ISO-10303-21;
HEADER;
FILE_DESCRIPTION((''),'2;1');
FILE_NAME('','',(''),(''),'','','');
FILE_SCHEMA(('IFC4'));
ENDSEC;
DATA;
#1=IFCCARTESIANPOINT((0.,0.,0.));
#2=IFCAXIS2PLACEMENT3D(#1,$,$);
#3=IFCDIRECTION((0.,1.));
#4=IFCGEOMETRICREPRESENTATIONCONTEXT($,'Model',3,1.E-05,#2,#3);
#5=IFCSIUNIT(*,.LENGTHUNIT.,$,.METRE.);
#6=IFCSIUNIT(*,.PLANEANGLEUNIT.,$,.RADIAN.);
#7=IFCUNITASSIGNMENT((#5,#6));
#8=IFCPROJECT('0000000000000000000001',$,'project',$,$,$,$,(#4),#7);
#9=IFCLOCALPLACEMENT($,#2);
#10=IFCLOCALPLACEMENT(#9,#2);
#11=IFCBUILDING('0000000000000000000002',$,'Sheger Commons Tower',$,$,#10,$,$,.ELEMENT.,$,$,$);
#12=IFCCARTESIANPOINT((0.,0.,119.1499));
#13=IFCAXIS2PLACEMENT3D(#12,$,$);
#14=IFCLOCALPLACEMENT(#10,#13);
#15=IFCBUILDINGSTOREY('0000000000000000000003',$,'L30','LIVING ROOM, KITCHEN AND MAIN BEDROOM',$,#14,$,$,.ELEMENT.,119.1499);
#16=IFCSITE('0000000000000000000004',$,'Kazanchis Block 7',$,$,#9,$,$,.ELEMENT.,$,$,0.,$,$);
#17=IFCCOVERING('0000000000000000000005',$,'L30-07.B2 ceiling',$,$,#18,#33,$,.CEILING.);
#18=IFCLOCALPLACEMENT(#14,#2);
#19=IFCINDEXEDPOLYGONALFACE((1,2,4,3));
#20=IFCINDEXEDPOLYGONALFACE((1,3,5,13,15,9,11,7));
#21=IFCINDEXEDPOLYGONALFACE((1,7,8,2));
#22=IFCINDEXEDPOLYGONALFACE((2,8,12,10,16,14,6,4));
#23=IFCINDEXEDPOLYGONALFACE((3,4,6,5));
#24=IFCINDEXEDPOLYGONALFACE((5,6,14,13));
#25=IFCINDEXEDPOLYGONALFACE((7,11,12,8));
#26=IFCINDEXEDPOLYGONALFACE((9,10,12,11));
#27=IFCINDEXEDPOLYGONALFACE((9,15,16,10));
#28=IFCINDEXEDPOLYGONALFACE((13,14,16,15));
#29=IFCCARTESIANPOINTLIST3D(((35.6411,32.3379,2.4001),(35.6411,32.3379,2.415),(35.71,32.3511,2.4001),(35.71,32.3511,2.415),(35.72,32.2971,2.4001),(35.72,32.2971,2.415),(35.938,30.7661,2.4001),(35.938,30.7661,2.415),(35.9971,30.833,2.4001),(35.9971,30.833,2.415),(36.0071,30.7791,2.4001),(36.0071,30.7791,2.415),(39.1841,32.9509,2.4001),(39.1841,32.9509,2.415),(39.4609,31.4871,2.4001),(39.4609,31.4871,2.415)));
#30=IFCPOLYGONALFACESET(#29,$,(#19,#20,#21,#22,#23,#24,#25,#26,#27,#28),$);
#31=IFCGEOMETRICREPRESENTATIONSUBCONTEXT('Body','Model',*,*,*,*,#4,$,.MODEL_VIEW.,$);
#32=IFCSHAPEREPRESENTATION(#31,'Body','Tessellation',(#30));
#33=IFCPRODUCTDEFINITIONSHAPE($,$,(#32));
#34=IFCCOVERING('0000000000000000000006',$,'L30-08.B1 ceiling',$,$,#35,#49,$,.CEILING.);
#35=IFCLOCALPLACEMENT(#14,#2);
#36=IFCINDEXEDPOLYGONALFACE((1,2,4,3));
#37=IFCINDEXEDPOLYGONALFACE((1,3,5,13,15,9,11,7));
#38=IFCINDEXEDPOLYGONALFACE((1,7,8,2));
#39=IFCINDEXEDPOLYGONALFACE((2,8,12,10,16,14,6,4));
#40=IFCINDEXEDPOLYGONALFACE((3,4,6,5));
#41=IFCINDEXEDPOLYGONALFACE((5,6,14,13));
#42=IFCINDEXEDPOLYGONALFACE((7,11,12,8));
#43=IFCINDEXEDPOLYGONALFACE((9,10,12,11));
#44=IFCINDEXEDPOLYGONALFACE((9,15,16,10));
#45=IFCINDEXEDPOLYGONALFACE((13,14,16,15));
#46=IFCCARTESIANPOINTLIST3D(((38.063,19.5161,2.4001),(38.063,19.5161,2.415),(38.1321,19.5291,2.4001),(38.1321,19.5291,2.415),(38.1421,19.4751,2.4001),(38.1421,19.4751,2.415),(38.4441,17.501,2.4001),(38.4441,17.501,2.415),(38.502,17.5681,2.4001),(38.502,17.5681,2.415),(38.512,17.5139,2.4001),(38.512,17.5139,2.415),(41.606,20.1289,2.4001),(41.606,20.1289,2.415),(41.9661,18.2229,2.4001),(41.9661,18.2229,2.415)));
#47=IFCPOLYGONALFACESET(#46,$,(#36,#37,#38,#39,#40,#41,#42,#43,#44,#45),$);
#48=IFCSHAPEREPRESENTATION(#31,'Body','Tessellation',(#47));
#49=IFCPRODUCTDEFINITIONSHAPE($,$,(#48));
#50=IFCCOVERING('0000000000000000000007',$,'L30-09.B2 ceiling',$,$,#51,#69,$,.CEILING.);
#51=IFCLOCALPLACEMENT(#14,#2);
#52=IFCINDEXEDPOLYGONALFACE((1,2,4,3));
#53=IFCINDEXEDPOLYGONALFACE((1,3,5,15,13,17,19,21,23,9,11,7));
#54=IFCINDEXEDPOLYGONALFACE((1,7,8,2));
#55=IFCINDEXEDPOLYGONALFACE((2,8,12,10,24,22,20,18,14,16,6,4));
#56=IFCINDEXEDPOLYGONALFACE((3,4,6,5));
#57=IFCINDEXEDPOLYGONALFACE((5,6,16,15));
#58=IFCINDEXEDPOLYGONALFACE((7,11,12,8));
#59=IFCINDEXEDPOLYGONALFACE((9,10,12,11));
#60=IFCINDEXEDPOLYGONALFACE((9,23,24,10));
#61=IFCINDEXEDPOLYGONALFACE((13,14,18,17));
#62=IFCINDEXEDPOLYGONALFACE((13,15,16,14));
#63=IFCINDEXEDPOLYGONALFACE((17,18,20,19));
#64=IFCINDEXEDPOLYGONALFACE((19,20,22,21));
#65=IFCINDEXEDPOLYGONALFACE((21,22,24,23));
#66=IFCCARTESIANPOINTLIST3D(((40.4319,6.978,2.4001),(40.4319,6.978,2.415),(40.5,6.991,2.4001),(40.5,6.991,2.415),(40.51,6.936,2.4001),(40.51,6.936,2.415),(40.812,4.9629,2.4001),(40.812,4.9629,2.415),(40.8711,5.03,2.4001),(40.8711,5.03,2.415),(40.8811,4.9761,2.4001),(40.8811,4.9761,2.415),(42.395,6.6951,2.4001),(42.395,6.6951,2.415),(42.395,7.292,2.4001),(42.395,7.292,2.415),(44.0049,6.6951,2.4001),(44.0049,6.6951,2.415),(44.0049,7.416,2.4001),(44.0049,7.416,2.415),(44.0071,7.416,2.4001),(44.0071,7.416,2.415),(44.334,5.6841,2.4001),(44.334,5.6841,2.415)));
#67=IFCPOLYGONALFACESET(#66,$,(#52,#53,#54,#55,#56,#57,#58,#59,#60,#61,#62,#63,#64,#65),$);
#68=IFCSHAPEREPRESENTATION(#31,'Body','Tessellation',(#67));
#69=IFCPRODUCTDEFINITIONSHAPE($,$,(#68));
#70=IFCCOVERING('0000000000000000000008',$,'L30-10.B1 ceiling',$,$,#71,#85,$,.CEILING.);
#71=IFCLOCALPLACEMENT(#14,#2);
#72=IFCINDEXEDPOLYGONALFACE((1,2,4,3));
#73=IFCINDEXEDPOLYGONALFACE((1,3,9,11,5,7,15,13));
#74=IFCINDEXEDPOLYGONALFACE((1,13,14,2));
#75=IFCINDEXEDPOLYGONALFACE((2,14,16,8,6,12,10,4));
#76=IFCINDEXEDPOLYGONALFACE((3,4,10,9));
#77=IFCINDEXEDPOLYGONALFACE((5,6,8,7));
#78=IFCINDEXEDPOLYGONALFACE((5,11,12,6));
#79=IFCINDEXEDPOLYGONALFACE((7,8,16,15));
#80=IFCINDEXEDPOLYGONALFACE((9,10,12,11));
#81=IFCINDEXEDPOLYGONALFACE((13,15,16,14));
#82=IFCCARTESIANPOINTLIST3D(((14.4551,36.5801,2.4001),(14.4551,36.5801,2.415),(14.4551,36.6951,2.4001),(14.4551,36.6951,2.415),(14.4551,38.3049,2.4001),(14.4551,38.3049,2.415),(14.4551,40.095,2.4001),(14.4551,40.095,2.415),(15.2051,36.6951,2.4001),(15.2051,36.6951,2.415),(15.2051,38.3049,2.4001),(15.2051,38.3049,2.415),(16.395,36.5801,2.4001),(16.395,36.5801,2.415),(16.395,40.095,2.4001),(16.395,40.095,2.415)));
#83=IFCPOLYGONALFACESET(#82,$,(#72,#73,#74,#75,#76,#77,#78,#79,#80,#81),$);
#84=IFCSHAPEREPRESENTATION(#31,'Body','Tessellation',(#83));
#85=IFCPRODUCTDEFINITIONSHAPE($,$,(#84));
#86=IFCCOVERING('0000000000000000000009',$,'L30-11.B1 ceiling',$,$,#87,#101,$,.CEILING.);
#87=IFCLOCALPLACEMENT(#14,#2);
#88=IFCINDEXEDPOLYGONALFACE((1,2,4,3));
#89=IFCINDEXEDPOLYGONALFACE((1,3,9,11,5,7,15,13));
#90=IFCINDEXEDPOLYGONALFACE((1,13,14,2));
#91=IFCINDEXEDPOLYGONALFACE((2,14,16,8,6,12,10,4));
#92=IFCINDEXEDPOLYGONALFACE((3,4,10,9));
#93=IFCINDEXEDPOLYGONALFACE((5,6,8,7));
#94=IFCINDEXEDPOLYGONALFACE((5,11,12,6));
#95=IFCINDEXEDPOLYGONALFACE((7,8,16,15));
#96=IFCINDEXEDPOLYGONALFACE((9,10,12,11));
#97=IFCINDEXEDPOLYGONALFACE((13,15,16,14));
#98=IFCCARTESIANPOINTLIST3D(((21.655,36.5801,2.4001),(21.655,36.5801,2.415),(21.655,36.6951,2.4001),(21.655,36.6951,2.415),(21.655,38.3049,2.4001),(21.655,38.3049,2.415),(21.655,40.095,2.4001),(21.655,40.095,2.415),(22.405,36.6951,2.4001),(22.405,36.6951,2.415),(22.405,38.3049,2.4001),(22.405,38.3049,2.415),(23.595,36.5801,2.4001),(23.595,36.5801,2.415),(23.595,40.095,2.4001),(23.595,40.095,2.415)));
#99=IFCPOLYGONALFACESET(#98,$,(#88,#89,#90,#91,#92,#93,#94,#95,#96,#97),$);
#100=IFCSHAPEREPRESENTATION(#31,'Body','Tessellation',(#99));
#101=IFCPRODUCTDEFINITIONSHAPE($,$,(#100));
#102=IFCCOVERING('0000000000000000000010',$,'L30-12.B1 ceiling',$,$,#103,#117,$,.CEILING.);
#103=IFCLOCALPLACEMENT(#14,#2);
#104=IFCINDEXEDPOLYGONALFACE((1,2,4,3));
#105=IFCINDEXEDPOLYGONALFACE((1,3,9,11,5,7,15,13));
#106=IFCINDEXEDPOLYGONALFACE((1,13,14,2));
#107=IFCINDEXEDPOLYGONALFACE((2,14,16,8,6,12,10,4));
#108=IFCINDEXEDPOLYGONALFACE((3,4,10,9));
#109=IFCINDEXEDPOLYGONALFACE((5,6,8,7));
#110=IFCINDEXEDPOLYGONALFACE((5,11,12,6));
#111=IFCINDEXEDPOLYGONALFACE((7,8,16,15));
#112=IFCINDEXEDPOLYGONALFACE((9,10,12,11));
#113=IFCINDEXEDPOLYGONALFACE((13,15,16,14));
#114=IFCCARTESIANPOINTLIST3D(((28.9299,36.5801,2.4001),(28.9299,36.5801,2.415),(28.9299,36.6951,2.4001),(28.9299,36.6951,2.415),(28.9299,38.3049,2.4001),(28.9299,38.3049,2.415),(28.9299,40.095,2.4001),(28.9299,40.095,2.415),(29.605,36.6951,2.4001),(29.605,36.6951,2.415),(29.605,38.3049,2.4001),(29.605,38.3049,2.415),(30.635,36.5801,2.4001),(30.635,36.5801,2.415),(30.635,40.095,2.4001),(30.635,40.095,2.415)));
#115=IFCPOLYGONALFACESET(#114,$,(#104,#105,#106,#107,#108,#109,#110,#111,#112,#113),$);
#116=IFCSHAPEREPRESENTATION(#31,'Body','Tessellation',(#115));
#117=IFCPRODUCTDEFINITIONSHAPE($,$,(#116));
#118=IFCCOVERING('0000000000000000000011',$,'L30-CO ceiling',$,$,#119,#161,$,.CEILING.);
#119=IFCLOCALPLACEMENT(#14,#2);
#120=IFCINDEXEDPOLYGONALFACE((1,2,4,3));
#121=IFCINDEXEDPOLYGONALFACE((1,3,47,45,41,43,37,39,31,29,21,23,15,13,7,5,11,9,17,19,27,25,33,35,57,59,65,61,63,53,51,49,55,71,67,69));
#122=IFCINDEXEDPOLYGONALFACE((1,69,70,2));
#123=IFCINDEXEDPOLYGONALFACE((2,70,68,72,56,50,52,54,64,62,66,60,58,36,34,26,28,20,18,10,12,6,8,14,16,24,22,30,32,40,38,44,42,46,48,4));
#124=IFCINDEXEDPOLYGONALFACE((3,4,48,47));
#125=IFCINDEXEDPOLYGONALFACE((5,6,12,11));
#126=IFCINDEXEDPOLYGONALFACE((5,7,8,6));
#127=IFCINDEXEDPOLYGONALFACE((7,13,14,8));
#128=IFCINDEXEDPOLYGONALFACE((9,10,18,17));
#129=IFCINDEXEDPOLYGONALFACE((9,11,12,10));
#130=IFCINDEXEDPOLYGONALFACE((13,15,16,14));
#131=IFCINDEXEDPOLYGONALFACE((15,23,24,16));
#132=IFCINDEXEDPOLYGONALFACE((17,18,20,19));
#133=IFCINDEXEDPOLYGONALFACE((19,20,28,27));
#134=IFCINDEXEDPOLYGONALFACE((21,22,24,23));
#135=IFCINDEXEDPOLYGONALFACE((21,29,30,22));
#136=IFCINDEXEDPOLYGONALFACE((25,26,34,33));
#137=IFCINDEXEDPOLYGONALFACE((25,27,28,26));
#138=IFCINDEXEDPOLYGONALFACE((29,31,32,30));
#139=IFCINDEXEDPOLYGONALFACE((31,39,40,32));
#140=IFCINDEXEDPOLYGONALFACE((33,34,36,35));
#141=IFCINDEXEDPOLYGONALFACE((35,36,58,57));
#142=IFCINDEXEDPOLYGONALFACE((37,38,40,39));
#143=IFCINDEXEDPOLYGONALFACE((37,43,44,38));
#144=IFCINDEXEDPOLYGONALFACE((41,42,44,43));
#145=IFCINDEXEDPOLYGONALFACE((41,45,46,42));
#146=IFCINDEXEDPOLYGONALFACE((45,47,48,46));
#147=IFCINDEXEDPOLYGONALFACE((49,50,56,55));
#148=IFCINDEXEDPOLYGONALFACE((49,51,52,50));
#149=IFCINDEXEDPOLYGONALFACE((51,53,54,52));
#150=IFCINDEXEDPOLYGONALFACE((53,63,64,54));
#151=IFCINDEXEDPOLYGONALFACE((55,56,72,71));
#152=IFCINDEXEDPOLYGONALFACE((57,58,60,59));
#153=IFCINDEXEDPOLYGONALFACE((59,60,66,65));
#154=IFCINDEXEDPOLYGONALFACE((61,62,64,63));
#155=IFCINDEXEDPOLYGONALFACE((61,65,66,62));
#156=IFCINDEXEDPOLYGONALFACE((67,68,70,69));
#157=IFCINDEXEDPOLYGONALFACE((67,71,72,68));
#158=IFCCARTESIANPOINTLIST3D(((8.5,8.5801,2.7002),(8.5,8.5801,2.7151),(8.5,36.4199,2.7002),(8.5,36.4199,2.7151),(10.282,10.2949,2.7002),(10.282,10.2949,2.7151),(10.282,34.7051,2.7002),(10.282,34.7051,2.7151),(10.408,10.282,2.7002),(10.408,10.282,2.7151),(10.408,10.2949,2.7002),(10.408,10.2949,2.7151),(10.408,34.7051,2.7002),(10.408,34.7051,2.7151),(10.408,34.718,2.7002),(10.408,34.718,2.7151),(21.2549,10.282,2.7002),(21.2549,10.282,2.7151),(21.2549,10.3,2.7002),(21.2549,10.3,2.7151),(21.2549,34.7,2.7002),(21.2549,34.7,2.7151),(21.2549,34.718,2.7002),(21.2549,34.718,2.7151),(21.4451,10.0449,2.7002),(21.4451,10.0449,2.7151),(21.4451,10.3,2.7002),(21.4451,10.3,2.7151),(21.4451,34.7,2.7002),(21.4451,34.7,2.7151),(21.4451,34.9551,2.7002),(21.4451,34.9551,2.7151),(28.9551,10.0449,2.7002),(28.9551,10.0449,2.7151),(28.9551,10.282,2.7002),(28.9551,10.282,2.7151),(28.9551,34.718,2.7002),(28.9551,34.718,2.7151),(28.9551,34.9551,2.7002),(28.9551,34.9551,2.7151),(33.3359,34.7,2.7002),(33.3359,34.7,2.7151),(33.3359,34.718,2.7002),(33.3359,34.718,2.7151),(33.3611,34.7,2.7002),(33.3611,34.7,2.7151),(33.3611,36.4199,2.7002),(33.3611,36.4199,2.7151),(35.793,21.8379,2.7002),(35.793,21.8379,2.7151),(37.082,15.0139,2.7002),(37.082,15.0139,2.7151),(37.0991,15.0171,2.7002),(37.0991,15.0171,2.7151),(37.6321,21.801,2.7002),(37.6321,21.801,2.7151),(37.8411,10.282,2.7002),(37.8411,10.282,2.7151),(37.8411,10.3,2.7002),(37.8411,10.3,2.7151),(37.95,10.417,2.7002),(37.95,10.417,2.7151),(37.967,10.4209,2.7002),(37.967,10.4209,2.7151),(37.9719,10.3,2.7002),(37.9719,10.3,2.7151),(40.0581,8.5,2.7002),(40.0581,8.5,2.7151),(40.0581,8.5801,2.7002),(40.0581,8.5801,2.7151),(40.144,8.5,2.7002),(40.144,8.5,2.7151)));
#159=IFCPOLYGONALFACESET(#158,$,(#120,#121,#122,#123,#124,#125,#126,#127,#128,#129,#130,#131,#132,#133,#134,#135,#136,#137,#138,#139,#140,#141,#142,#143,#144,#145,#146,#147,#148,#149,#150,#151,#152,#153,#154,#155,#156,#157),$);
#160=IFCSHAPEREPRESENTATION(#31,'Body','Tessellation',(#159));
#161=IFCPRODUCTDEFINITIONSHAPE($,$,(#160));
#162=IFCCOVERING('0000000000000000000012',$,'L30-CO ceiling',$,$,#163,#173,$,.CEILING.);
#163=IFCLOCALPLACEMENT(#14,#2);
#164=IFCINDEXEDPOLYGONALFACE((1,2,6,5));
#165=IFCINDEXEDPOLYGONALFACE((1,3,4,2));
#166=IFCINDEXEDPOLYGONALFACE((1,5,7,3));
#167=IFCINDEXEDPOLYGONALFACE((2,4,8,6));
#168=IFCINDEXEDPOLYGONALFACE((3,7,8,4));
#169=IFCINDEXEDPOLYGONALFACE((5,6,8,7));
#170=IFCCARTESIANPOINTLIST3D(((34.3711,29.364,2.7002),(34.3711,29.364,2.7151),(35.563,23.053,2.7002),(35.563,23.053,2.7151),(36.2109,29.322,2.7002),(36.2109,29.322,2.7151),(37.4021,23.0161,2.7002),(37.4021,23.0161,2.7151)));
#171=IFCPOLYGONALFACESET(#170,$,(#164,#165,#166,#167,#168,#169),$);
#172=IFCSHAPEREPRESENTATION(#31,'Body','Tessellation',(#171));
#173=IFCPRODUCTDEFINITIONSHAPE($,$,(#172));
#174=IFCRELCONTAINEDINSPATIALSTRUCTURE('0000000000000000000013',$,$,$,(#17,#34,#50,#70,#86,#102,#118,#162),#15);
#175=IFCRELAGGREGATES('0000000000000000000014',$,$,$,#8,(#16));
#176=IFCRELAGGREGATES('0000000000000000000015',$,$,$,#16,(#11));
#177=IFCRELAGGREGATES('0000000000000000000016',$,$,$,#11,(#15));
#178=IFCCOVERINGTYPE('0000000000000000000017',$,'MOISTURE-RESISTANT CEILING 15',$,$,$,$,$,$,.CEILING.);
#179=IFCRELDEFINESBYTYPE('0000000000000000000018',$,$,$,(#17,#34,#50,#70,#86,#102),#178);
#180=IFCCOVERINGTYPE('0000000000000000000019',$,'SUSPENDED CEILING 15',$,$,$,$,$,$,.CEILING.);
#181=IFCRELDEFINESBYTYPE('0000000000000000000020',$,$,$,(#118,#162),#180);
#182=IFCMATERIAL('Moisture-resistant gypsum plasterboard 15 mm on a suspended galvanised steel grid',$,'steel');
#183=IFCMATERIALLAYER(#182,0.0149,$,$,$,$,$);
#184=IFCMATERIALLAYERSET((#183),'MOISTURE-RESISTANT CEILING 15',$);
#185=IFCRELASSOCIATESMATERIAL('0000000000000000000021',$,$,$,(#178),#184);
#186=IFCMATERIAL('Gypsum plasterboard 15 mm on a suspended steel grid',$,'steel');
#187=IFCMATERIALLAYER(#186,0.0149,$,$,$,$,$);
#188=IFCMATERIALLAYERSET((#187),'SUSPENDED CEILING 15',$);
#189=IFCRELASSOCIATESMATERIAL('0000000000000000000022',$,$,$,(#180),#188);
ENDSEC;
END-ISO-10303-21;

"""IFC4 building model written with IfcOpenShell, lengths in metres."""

from ifc_helpers import new_model, si_unit, direction, frame, origin, place, context, subcontext, project, spatial, polyline, outline, extrude, material, layer, layer_set, type_object, element, save


model = new_model("IFC4")

# Units and contexts
model_context = context("Model", 3, precision=1e-05, world=origin(), true_north=direction((0.0, 1.0)))
body_context = subcontext(model_context, "Body", "Model", "MODEL_VIEW")
ifc_project = project(units=[si_unit("LENGTHUNIT", "METRE"), si_unit("PLANEANGLEUNIT", "RADIAN")], contexts=[model_context])

# Site, building, storey
site_placement = place(None, origin())
site = spatial("IfcSite", under=ifc_project, at=site_placement, Name="Kazanchis Block 7", CompositionType="ELEMENT", RefElevation=0.0)
building_placement = place(site_placement, origin())
building = spatial("IfcBuilding", under=site, at=building_placement, Name="Sheger Commons Tower", CompositionType="ELEMENT")
storey_placement = place(building_placement, frame((0.0, 0.0, 119.1499)))
storey = spatial("IfcBuildingStorey", under=building, at=storey_placement, Name="L30", Description="LIVING ROOM, KITCHEN AND MAIN BEDROOM", CompositionType="ELEMENT", Elevation=119.1499)

# Coverings
ifc_material_1 = material(Name="Moisture-resistant gypsum plasterboard 15 mm on a suspended galvanised steel grid", Category="steel")
ifc_layer_1 = layer(ifc_material_1, 0.0149)
ifc_layer_set_1 = layer_set([ifc_layer_1], Name="MOISTURE-RESISTANT CEILING 15")
covering_type_1 = type_object("IfcCoveringType", Name="MOISTURE-RESISTANT CEILING 15", PredefinedType="CEILING", material=ifc_layer_set_1)
covering_1_placement = place(storey_placement, frame((0.0, 0.0, 2.4001)))
element("IfcCovering", 1, at=covering_1_placement, inside=storey, type_object=covering_type_1, Name="L30-07.B2 ceiling", PredefinedType="CEILING", context=body_context, shape_type="SweptSolid", body=[
    extrude(outline(polyline([(35.938, 30.7661), (36.0071, 30.7791), (35.9971, 30.833), (39.4609, 31.4871), (39.1841, 32.9509), (35.72, 32.2971), (35.71, 32.3511), (35.6411, 32.3379), (35.938, 30.7661)])), origin(), (0.0, 0.0, 1.0), 0.0149),
])
covering_2_placement = place(storey_placement, frame((0.0, 0.0, 2.4001)))
element("IfcCovering", 2, at=covering_2_placement, inside=storey, type_object=covering_type_1, Name="L30-08.B1 ceiling", PredefinedType="CEILING", context=body_context, shape_type="SweptSolid", body=[
    extrude(outline(polyline([(38.4441, 17.501), (38.512, 17.5139), (38.502, 17.5681), (41.9661, 18.2229), (41.606, 20.1289), (38.1421, 19.4751), (38.1321, 19.5291), (38.063, 19.5161), (38.4441, 17.501)])), origin(), (0.0, 0.0, 1.0), 0.0149),
])
covering_3_placement = place(storey_placement, frame((0.0, 0.0, 2.4001)))
element("IfcCovering", 3, at=covering_3_placement, inside=storey, type_object=covering_type_1, Name="L30-09.B2 ceiling", PredefinedType="CEILING", context=body_context, shape_type="SweptSolid", body=[
    extrude(outline(polyline([(40.812, 4.9629), (40.8811, 4.9761), (40.8711, 5.03), (44.334, 5.6841), (44.0071, 7.416), (44.0049, 7.416), (44.0049, 6.6951), (42.395, 6.6951), (42.395, 7.292), (40.51, 6.936), (40.5, 6.991), (40.4319, 6.978), (40.812, 4.9629)])), origin(), (0.0, 0.0, 1.0), 0.0149),
])
covering_4_placement = place(storey_placement, frame((0.0, 0.0, 2.4001)))
element("IfcCovering", 4, at=covering_4_placement, inside=storey, type_object=covering_type_1, Name="L30-10.B1 ceiling", PredefinedType="CEILING", context=body_context, shape_type="SweptSolid", body=[
    extrude(outline(polyline([(14.4551, 36.5801), (16.395, 36.5801), (16.395, 40.095), (14.4551, 40.095), (14.4551, 38.3049), (15.2051, 38.3049), (15.2051, 36.6951), (14.4551, 36.6951), (14.4551, 36.5801)])), origin(), (0.0, 0.0, 1.0), 0.0149),
])
covering_5_placement = place(storey_placement, frame((0.0, 0.0, 2.4001)))
element("IfcCovering", 5, at=covering_5_placement, inside=storey, type_object=covering_type_1, Name="L30-11.B1 ceiling", PredefinedType="CEILING", context=body_context, shape_type="SweptSolid", body=[
    extrude(outline(polyline([(21.655, 36.5801), (23.595, 36.5801), (23.595, 40.095), (21.655, 40.095), (21.655, 38.3049), (22.405, 38.3049), (22.405, 36.6951), (21.655, 36.6951), (21.655, 36.5801)])), origin(), (0.0, 0.0, 1.0), 0.0149),
])
covering_6_placement = place(storey_placement, frame((0.0, 0.0, 2.4001)))
element("IfcCovering", 6, at=covering_6_placement, inside=storey, type_object=covering_type_1, Name="L30-12.B1 ceiling", PredefinedType="CEILING", context=body_context, shape_type="SweptSolid", body=[
    extrude(outline(polyline([(28.9299, 36.5801), (30.635, 36.5801), (30.635, 40.095), (28.9299, 40.095), (28.9299, 38.3049), (29.605, 38.3049), (29.605, 36.6951), (28.9299, 36.6951), (28.9299, 36.5801)])), origin(), (0.0, 0.0, 1.0), 0.0149),
])
ifc_material_2 = material(Name="Gypsum plasterboard 15 mm on a suspended steel grid", Category="steel")
ifc_layer_2 = layer(ifc_material_2, 0.0149)
ifc_layer_set_2 = layer_set([ifc_layer_2], Name="SUSPENDED CEILING 15")
covering_type_2 = type_object("IfcCoveringType", Name="SUSPENDED CEILING 15", PredefinedType="CEILING", material=ifc_layer_set_2)
covering_7_placement = place(storey_placement, frame((0.0, 0.0, 2.7002)))
element("IfcCovering", 7, at=covering_7_placement, inside=storey, type_object=covering_type_2, Name="L30-CO ceiling", PredefinedType="CEILING", context=body_context, shape_type="SweptSolid", body=[
    extrude(outline(polyline([(40.0581, 8.5), (40.144, 8.5), (37.6321, 21.801), (35.793, 21.8379), (37.082, 15.0139), (37.0991, 15.0171), (37.967, 10.4209), (37.95, 10.417), (37.9719, 10.3), (37.8411, 10.3), (37.8411, 10.282), (28.9551, 10.282), (28.9551, 10.0449), (21.4451, 10.0449), (21.4451, 10.3), (21.2549, 10.3), (21.2549, 10.282), (10.408, 10.282), (10.408, 10.2949), (10.282, 10.2949), (10.282, 34.7051), (10.408, 34.7051), (10.408, 34.718), (21.2549, 34.718), (21.2549, 34.7), (21.4451, 34.7), (21.4451, 34.9551), (28.9551, 34.9551), (28.9551, 34.718), (33.3359, 34.718), (33.3359, 34.7), (33.3611, 34.7), (33.3611, 36.4199), (8.5, 36.4199), (8.5, 8.5801), (40.0581, 8.5801), (40.0581, 8.5)])), origin(), (0.0, 0.0, 1.0), 0.0149),
])
covering_8_placement = place(storey_placement, frame((0.0, 0.0, 2.7002)))
element("IfcCovering", 8, at=covering_8_placement, inside=storey, type_object=covering_type_2, Name="L30-CO ceiling", PredefinedType="CEILING", context=body_context, shape_type="SweptSolid", body=[
    extrude(outline(polyline([(37.4021, 23.0161), (36.2109, 29.322), (34.3711, 29.364), (35.563, 23.053), (37.4021, 23.0161)])), origin(), (0.0, 0.0, 1.0), 0.0149),
])

save(model, "model.ifc")
